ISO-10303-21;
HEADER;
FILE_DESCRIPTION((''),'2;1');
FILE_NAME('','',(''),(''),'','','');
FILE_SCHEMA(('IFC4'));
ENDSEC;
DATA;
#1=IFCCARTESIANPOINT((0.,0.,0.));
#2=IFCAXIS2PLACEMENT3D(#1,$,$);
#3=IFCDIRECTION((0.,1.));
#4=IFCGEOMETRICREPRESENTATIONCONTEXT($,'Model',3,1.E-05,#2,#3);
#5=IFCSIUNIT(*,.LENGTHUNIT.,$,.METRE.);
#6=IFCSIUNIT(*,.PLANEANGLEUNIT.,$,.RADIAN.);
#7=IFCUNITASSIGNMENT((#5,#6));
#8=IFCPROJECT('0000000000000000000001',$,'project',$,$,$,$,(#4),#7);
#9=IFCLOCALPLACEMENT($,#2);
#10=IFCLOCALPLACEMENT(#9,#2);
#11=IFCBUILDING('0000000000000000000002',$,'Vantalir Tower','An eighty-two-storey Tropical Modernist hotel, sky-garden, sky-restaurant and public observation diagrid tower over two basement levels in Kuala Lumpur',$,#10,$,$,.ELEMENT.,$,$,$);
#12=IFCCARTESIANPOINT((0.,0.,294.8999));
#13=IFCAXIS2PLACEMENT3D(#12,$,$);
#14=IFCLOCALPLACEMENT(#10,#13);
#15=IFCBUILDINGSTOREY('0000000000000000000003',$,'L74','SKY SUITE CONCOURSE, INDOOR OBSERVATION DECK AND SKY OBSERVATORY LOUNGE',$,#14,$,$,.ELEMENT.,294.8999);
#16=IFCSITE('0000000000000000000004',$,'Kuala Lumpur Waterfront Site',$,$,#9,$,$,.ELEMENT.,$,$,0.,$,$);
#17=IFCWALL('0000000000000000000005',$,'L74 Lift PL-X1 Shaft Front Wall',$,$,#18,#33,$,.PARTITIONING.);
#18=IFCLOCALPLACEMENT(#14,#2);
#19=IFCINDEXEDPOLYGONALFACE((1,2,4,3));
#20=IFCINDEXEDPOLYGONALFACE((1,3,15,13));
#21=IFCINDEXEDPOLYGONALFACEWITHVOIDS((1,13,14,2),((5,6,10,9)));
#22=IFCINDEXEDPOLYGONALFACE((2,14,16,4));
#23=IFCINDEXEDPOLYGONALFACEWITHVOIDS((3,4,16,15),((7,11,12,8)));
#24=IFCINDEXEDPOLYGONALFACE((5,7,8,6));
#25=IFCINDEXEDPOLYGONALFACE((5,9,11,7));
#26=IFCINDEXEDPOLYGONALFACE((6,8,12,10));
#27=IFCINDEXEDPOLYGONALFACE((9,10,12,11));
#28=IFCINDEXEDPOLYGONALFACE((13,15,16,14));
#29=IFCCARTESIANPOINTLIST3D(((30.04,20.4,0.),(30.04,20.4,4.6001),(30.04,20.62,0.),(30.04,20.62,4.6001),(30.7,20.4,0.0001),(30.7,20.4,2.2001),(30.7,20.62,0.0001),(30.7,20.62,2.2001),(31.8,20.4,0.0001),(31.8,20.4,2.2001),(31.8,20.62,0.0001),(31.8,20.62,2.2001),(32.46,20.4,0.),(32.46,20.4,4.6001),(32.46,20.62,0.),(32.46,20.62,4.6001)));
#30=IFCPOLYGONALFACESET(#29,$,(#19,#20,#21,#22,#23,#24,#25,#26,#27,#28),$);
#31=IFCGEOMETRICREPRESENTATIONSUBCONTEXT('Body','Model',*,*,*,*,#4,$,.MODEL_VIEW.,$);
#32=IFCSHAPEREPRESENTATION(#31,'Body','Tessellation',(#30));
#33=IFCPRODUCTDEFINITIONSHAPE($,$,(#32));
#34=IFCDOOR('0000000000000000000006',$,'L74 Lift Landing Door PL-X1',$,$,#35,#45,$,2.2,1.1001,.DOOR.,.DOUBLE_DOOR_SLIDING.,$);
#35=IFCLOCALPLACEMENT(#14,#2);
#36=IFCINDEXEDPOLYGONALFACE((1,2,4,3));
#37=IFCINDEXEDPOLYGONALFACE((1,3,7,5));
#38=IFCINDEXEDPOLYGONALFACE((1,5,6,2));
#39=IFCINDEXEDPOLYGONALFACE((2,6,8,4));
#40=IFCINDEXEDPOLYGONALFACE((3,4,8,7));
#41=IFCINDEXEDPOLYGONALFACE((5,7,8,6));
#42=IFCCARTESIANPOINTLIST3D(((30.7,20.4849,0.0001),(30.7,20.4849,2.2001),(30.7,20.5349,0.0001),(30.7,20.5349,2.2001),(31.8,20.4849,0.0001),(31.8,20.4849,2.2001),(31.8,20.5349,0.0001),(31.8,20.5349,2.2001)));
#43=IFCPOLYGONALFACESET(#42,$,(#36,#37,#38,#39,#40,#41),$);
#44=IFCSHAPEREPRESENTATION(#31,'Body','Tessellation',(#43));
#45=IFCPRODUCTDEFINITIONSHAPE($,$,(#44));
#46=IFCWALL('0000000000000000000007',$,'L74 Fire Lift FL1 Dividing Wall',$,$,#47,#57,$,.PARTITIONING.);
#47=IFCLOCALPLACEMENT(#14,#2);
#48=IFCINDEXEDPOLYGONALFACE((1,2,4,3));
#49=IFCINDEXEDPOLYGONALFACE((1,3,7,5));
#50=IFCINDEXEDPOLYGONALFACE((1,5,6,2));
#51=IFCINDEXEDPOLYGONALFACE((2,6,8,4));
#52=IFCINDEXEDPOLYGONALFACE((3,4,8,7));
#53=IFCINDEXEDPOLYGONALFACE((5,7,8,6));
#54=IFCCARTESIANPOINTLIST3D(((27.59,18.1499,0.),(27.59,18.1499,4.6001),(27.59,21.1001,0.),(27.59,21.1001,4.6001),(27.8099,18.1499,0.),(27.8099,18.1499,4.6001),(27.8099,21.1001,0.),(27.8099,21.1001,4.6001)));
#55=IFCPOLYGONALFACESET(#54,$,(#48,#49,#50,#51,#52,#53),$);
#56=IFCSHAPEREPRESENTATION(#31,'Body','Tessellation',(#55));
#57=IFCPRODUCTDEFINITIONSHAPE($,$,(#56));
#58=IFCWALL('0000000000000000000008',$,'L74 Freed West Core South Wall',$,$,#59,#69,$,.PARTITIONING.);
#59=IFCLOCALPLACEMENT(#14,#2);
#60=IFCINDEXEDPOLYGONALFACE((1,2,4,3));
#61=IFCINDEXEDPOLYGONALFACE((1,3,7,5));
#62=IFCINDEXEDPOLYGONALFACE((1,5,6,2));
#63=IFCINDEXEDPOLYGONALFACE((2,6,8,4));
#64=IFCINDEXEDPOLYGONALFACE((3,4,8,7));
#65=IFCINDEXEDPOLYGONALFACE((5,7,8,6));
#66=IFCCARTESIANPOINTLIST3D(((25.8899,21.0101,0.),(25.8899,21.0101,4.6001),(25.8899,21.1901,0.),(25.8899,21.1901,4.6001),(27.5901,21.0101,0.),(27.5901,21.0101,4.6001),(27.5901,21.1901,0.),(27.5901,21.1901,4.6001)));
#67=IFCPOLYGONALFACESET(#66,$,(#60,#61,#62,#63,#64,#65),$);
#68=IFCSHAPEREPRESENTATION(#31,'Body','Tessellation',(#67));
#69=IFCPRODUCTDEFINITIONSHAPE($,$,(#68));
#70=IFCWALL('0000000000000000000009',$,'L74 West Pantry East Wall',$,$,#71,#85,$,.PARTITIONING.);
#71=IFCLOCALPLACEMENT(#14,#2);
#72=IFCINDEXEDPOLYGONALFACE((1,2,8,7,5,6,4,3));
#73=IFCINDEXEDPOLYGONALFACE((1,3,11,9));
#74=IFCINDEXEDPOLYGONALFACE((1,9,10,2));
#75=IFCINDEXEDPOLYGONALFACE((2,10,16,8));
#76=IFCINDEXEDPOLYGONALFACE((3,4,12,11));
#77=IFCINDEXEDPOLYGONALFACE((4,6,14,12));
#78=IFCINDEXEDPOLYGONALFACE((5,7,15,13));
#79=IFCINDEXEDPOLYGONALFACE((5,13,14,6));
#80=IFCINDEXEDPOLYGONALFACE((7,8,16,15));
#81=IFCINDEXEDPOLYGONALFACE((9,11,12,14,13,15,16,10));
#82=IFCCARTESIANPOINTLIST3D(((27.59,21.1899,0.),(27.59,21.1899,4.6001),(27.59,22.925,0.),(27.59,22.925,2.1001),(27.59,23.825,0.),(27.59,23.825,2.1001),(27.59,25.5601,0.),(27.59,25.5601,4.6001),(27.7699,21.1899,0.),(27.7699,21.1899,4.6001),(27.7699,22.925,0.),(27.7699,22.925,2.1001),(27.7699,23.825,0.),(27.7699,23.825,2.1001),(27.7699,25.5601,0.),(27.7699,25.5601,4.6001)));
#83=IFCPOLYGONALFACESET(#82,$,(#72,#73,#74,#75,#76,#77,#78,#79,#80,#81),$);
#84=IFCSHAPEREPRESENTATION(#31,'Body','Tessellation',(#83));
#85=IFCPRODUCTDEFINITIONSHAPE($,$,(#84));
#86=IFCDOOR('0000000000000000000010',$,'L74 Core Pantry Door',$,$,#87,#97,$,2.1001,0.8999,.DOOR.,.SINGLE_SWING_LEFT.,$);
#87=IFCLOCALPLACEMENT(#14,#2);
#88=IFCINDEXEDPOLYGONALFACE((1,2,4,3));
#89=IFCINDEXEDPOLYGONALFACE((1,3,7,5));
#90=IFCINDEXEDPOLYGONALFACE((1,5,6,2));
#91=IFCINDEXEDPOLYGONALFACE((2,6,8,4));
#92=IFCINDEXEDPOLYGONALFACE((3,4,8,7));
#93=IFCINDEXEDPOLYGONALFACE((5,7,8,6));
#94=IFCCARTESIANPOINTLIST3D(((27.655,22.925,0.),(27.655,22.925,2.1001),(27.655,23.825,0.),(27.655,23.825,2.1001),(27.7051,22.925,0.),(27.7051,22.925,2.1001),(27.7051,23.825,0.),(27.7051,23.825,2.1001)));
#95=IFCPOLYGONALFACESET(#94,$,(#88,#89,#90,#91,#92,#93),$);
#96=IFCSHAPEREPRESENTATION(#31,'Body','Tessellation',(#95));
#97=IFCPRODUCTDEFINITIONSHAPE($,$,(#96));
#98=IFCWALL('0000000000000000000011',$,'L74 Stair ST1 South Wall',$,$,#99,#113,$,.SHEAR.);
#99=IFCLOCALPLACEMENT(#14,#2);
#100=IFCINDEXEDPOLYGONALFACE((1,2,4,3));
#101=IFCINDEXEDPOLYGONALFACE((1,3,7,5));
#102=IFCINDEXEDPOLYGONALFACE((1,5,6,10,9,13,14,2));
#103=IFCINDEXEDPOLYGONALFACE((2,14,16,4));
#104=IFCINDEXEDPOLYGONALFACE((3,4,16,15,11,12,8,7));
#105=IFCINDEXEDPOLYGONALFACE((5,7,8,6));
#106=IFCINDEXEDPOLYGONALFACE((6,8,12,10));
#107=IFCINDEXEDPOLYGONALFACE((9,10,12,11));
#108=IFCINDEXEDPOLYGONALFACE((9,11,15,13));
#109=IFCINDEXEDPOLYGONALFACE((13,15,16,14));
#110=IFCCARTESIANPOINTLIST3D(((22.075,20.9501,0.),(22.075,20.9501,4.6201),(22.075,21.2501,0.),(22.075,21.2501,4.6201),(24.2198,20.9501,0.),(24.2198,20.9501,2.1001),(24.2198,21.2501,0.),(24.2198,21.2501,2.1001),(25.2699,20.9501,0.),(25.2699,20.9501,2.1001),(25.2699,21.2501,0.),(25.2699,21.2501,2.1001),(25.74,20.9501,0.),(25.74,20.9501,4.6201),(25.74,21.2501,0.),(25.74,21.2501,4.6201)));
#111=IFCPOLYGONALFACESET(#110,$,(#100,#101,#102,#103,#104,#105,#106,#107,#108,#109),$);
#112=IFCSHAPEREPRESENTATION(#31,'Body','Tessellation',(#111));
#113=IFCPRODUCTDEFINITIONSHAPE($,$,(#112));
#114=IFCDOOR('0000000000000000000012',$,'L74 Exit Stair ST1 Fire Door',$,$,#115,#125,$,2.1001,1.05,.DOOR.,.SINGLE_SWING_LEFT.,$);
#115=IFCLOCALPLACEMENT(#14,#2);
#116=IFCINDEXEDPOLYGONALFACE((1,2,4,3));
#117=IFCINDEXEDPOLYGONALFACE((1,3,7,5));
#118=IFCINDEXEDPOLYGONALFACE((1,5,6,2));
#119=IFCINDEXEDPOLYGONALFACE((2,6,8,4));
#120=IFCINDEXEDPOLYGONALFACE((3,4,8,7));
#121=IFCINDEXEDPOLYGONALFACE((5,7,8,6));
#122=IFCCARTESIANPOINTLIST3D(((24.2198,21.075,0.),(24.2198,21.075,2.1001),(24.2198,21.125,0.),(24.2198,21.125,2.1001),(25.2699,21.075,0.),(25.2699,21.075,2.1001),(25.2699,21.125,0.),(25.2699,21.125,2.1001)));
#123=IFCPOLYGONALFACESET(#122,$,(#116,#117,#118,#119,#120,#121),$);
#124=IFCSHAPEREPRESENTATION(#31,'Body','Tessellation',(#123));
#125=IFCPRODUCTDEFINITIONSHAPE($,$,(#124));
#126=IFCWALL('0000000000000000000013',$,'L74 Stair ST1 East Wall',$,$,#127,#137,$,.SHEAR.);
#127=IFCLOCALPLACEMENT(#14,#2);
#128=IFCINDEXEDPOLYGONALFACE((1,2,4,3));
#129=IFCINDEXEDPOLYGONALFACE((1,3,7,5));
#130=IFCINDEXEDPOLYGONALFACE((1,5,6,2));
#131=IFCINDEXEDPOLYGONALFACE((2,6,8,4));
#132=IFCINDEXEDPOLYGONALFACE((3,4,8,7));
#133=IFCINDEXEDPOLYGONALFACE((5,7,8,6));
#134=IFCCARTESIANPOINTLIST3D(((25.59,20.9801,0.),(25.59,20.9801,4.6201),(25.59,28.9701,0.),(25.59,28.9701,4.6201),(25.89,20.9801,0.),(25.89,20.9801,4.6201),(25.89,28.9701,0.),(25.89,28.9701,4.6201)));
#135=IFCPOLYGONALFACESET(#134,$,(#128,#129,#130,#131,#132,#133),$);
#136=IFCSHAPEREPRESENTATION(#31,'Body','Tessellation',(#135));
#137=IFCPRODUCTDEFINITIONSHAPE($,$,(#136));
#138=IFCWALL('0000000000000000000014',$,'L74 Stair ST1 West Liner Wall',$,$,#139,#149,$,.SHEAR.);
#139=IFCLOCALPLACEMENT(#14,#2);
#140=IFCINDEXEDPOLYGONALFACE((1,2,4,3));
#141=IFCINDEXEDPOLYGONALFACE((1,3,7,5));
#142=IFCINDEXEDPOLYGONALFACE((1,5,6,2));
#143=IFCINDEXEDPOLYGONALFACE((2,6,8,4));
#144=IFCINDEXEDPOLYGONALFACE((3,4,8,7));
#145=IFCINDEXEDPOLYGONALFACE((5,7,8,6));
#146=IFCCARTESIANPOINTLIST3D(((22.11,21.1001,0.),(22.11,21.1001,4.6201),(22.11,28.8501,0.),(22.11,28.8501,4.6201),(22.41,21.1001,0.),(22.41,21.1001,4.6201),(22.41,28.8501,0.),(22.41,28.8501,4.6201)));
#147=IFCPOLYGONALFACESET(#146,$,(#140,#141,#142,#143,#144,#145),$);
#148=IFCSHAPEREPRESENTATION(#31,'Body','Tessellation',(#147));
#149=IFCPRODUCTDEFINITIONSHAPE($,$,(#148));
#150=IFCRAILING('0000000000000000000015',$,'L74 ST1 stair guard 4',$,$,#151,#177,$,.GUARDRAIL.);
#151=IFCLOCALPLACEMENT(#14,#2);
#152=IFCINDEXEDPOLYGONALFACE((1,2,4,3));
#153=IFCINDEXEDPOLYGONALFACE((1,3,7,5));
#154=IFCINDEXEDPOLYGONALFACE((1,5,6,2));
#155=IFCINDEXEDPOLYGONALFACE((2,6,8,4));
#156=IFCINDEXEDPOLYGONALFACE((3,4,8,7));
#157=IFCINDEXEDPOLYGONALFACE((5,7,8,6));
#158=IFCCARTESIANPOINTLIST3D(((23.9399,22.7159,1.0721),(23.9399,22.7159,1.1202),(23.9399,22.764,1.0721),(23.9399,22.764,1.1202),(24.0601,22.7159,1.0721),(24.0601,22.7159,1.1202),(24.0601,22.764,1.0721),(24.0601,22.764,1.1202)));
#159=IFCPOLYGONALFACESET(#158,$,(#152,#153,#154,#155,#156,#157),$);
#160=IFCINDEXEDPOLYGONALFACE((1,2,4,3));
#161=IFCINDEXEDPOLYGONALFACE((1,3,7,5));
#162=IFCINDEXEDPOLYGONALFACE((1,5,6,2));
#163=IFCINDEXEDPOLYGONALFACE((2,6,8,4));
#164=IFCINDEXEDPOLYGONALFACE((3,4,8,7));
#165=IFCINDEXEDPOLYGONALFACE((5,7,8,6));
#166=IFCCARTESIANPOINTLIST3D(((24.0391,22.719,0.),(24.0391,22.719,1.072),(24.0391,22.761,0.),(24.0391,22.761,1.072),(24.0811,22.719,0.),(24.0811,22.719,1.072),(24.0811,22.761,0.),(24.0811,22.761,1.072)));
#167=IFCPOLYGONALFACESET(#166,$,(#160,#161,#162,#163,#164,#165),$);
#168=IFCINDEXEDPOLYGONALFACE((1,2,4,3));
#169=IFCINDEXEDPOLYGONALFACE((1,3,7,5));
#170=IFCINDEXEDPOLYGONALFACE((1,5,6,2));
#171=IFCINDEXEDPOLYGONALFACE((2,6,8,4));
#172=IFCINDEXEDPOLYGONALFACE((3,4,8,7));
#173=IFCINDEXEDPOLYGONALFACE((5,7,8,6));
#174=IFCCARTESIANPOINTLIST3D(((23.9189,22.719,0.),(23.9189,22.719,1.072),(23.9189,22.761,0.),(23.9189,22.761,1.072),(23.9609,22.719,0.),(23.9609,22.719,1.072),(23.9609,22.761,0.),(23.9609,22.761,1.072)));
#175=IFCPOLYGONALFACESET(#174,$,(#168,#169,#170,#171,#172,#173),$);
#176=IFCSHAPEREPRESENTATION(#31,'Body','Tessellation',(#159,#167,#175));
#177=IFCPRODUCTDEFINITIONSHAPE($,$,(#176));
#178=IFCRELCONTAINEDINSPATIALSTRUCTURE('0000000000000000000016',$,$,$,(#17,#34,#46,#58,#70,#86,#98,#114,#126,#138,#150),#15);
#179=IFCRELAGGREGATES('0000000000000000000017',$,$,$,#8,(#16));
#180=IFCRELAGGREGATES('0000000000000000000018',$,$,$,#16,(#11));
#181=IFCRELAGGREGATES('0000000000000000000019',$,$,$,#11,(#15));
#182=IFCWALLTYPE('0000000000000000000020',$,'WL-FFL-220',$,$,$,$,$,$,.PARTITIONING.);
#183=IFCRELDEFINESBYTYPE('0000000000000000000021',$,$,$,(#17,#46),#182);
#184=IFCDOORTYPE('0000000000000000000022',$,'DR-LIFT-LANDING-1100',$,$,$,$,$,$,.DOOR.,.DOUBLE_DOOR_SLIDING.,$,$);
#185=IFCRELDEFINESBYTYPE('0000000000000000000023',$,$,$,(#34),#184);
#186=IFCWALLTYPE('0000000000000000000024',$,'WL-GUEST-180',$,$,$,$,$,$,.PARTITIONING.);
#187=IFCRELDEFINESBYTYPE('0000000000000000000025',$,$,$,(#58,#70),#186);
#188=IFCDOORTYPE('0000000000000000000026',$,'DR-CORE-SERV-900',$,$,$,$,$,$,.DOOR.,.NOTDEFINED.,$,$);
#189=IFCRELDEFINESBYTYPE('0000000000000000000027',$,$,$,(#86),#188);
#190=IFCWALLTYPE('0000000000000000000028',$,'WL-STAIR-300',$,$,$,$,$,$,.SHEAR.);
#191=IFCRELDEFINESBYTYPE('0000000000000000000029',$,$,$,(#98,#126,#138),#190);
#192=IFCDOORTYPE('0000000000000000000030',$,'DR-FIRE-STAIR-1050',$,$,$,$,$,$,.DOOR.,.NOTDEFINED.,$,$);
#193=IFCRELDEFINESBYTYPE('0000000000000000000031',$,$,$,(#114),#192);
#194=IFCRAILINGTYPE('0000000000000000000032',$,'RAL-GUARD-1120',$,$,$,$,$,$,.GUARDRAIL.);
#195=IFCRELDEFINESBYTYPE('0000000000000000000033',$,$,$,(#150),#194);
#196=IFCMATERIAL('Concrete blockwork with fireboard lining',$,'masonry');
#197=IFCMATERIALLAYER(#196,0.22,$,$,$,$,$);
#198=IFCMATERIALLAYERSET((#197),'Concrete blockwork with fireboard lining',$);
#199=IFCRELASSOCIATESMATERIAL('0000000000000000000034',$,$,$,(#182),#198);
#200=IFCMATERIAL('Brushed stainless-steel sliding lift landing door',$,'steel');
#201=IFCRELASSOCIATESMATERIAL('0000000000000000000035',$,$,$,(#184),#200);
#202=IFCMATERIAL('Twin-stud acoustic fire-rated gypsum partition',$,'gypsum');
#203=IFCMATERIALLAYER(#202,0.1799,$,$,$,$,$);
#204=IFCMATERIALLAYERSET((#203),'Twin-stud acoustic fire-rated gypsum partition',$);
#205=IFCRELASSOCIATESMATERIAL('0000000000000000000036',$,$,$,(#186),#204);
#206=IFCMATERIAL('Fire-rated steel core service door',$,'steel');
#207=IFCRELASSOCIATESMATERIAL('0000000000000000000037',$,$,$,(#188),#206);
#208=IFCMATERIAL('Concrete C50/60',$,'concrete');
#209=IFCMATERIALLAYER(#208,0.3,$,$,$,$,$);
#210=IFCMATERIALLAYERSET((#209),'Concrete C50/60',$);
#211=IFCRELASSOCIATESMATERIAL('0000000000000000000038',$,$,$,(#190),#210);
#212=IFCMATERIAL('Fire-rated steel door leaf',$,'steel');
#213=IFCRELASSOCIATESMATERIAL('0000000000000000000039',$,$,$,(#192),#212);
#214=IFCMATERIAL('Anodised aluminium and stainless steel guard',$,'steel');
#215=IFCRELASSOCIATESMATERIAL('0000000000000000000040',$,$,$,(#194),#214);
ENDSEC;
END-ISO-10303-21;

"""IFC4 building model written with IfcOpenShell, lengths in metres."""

from ifc_helpers import new_model, si_unit, direction, frame, frame_2d, origin, origin_2d, place, context, subcontext, project, spatial, rectangle, extrude, material, layer, layer_set, type_object, element, fill, save


model = new_model("IFC4")

# Units and contexts
model_context = context("Model", 3, precision=1e-05, world=origin(), true_north=direction((0.0, 1.0)))
body_context = subcontext(model_context, "Body", "Model", "MODEL_VIEW")
ifc_project = project(units=[si_unit("LENGTHUNIT", "METRE"), si_unit("PLANEANGLEUNIT", "RADIAN")], contexts=[model_context])

# Site, building, storey
site_placement = place(None, origin())
site = spatial("IfcSite", under=ifc_project, at=site_placement, Name="Kuala Lumpur Waterfront Site", CompositionType="ELEMENT", RefElevation=0.0)
building_placement = place(site_placement, origin())
building = spatial("IfcBuilding", under=site, at=building_placement, Name="Vantalir Tower", Description="An eighty-two-storey Tropical Modernist hotel, sky-garden, sky-restaurant and public observation diagrid tower over two basement levels in Kuala Lumpur", CompositionType="ELEMENT")
storey_placement = place(building_placement, frame((0.0, 0.0, 294.8999)))
storey = spatial("IfcBuildingStorey", under=building, at=storey_placement, Name="L74", Description="SKY SUITE CONCOURSE, INDOOR OBSERVATION DECK AND SKY OBSERVATORY LOUNGE", CompositionType="ELEMENT", Elevation=294.8999)

# Shared definitions
ifc_material_1 = material(Name="Concrete C50/60", Category="concrete")

# Shared definitions
ifc_material_2 = material(Name="Concrete blockwork with fireboard lining", Category="masonry")
ifc_layer_1 = layer(ifc_material_2, 0.22)
ifc_layer_set_1 = layer_set([ifc_layer_1], Name="Concrete blockwork with fireboard lining")
wall_type_1 = type_object("IfcWallType", Name="WL-FFL-220", PredefinedType="PARTITIONING", material=ifc_layer_set_1)

# Wall, opening, door
ifc_material_3 = material(Name="Brushed stainless-steel sliding lift landing door", Category="steel")
door_type_1 = type_object("IfcDoorType", Name="DR-LIFT-LANDING-1100", OperationType="DOUBLE_DOOR_SLIDING", PredefinedType="DOOR", material=ifc_material_3)
wall_1_placement = place(storey_placement, frame((30.04, 20.51, 0.0), z_axis=(0.0, 0.0, 1.0), x_axis=(1.0, 0.0, 0.0)))
wall_1 = element("IfcWall", 1, at=wall_1_placement, inside=storey, type_object=wall_type_1, Name="L74 Lift PL-X1 Shaft Front Wall", PredefinedType="PARTITIONING", context=body_context, shape_type="SweptSolid", body=[
    extrude(rectangle(XDim=2.4199, YDim=0.22, at=frame_2d((1.21, 0.0))), origin(), (0.0, 0.0, 1.0), 4.6001),
])
opening_1_placement = place(wall_1_placement, frame((0.6599, 0.0, 0.0)))
opening_1 = element("IfcOpeningElement", 2, at=opening_1_placement, cuts=wall_1, PredefinedType="OPENING", context=body_context, shape_type="SweptSolid", body=[
    extrude(rectangle(XDim=1.1001, YDim=2.2, at=frame_2d((0.55, 1.1001))), frame((0.0, 0.1199, 0.0), z_axis=(0.0, -1.0, 0.0), x_axis=(1.0, 0.0, 0.0)), (0.0, 0.0, 1.0), 0.24),
])
door_1_placement = place(opening_1_placement, origin())
door_1 = element("IfcDoor", 3, at=door_1_placement, inside=storey, type_object=door_type_1, Name="L74 Lift Landing Door PL-X1", OperationType="DOUBLE_DOOR_SLIDING", OverallHeight=2.2, OverallWidth=1.1001, PredefinedType="DOOR", context=body_context, shape_type="SweptSolid", body=[
    extrude(rectangle(XDim=1.1001, YDim=2.2, at=frame_2d((0.55, 1.1001))), frame((0.0, 0.0249, 0.0), z_axis=(0.0, -1.0, 0.0), x_axis=(1.0, 0.0, 0.0)), (0.0, 0.0, 1.0), 0.05),
])
fill(opening_1, door_1)

# Walls
wall_2_placement = place(storey_placement, frame((27.7, 18.1499, 0.0), z_axis=(0.0, 0.0, 1.0), x_axis=(0.0, 1.0, 0.0)))
element("IfcWall", 4, at=wall_2_placement, inside=storey, type_object=wall_type_1, Name="L74 Fire Lift FL1 Dividing Wall", PredefinedType="PARTITIONING", context=body_context, shape_type="SweptSolid", body=[
    extrude(rectangle(XDim=2.9502, YDim=0.22, at=frame_2d((1.4751, 0.0))), origin(), (0.0, 0.0, 1.0), 4.6001),
])
ifc_material_4 = material(Name="Twin-stud acoustic fire-rated gypsum partition", Category="gypsum")
ifc_layer_2 = layer(ifc_material_4, 0.1799)
ifc_layer_set_2 = layer_set([ifc_layer_2], Name="Twin-stud acoustic fire-rated gypsum partition")
wall_type_2 = type_object("IfcWallType", Name="WL-GUEST-180", PredefinedType="PARTITIONING", material=ifc_layer_set_2)
wall_3_placement = place(storey_placement, frame((25.8899, 21.1001, 0.0), z_axis=(0.0, 0.0, 1.0), x_axis=(1.0, 0.0, 0.0)))
element("IfcWall", 5, at=wall_3_placement, inside=storey, type_object=wall_type_2, Name="L74 Freed West Core South Wall", PredefinedType="PARTITIONING", context=body_context, shape_type="SweptSolid", body=[
    extrude(rectangle(XDim=1.7002, YDim=0.1799, at=frame_2d((0.8501, 0.0))), origin(), (0.0, 0.0, 1.0), 4.6001),
])

# Walls, openings, doors
wall_4_placement = place(storey_placement, frame((27.6799, 21.1899, 0.0), z_axis=(0.0, 0.0, 1.0), x_axis=(0.0, 1.0, 0.0)))
wall_4 = element("IfcWall", 6, at=wall_4_placement, inside=storey, type_object=wall_type_2, Name="L74 West Pantry East Wall", PredefinedType="PARTITIONING", context=body_context, shape_type="SweptSolid", body=[
    extrude(rectangle(XDim=4.3701, YDim=0.1799, at=frame_2d((2.1851, 0.0))), origin(), (0.0, 0.0, 1.0), 4.6001),
])
opening_2_placement = place(wall_4_placement, frame((1.7351, 0.0, 0.0)))
opening_2 = element("IfcOpeningElement", 7, at=opening_2_placement, cuts=wall_4, PredefinedType="OPENING", context=body_context, shape_type="SweptSolid", body=[
    extrude(rectangle(XDim=0.8999, YDim=2.1001, at=frame_2d((0.45, 1.05))), frame((0.0, 0.0999, 0.0), z_axis=(0.0, -1.0, 0.0), x_axis=(1.0, 0.0, 0.0)), (0.0, 0.0, 1.0), 0.2),
])
ifc_material_5 = material(Name="Fire-rated steel core service door", Category="steel")
door_type_2 = type_object("IfcDoorType", Name="DR-CORE-SERV-900", OperationType="NOTDEFINED", PredefinedType="DOOR", material=ifc_material_5)
door_2_placement = place(opening_2_placement, origin())
door_2 = element("IfcDoor", 8, at=door_2_placement, inside=storey, type_object=door_type_2, Name="L74 Core Pantry Door", OperationType="SINGLE_SWING_LEFT", OverallHeight=2.1001, OverallWidth=0.8999, PredefinedType="DOOR", context=body_context, shape_type="SweptSolid", body=[
    extrude(rectangle(XDim=0.8999, YDim=2.1001, at=frame_2d((0.45, 1.05))), frame((0.0, 0.0249, 0.0), z_axis=(0.0, -1.0, 0.0), x_axis=(1.0, 0.0, 0.0)), (0.0, 0.0, 1.0), 0.05),
])
fill(opening_2, door_2)
ifc_layer_3 = layer(ifc_material_1, 0.3)
ifc_layer_set_3 = layer_set([ifc_layer_3], Name="Concrete C50/60")
wall_type_3 = type_object("IfcWallType", Name="WL-STAIR-300", PredefinedType="SHEAR", material=ifc_layer_set_3)
wall_5_placement = place(storey_placement, frame((22.075, 21.1001, 0.0), z_axis=(0.0, 0.0, 1.0), x_axis=(1.0, 0.0, 0.0)))
wall_5 = element("IfcWall", 9, at=wall_5_placement, inside=storey, type_object=wall_type_3, Name="L74 Stair ST1 South Wall", PredefinedType="SHEAR", context=body_context, shape_type="SweptSolid", body=[
    extrude(rectangle(XDim=3.665, YDim=0.3, at=frame_2d((1.8325, 0.0))), origin(), (0.0, 0.0, 1.0), 4.6201),
])
opening_3_placement = place(wall_5_placement, frame((2.145, 0.0, 0.0)))
opening_3 = element("IfcOpeningElement", 10, at=opening_3_placement, cuts=wall_5, PredefinedType="OPENING", context=body_context, shape_type="SweptSolid", body=[
    extrude(rectangle(XDim=1.05, YDim=2.1001, at=frame_2d((0.5249, 1.05))), frame((0.0, 0.1599, 0.0), z_axis=(0.0, -1.0, 0.0), x_axis=(1.0, 0.0, 0.0)), (0.0, 0.0, 1.0), 0.3201),
])
ifc_material_6 = material(Name="Fire-rated steel door leaf", Category="steel")
door_type_3 = type_object("IfcDoorType", Name="DR-FIRE-STAIR-1050", OperationType="NOTDEFINED", PredefinedType="DOOR", material=ifc_material_6)
door_3_placement = place(opening_3_placement, origin())
door_3 = element("IfcDoor", 11, at=door_3_placement, inside=storey, type_object=door_type_3, Name="L74 Exit Stair ST1 Fire Door", OperationType="SINGLE_SWING_LEFT", OverallHeight=2.1001, OverallWidth=1.05, PredefinedType="DOOR", context=body_context, shape_type="SweptSolid", body=[
    extrude(rectangle(XDim=1.05, YDim=2.1001, at=frame_2d((0.5249, 1.05))), frame((0.0, 0.0249, 0.0), z_axis=(0.0, -1.0, 0.0), x_axis=(1.0, 0.0, 0.0)), (0.0, 0.0, 1.0), 0.05),
])
fill(opening_3, door_3)

# Walls
wall_6_placement = place(storey_placement, frame((25.74, 20.98, 0.0), z_axis=(0.0, 0.0, 1.0), x_axis=(0.0, 1.0, 0.0)))
element("IfcWall", 12, at=wall_6_placement, inside=storey, type_object=wall_type_3, Name="L74 Stair ST1 East Wall", PredefinedType="SHEAR", context=body_context, shape_type="SweptSolid", body=[
    extrude(rectangle(XDim=7.99, YDim=0.3, at=frame_2d((3.9951, 0.0))), origin(), (0.0, 0.0, 1.0), 4.6201),
])
wall_7_placement = place(storey_placement, frame((22.26, 21.1001, 0.0), z_axis=(0.0, 0.0, 1.0), x_axis=(0.0, 1.0, 0.0)))
element("IfcWall", 13, at=wall_7_placement, inside=storey, type_object=wall_type_3, Name="L74 Stair ST1 West Liner Wall", PredefinedType="SHEAR", context=body_context, shape_type="SweptSolid", body=[
    extrude(rectangle(XDim=7.75, YDim=0.3, at=frame_2d((3.875, 0.0))), origin(), (0.0, 0.0, 1.0), 4.6201),
])

# Railing
ifc_material_7 = material(Name="Anodised aluminium and stainless steel guard", Category="steel")
railing_type = type_object("IfcRailingType", Name="RAL-GUARD-1120", PredefinedType="GUARDRAIL", material=ifc_material_7)
railing_placement = place(storey_placement, frame((24.0601, 22.74, 0.0)))
element("IfcRailing", 14, at=railing_placement, inside=storey, type_object=railing_type, Name="L74 ST1 stair guard 4", PredefinedType="GUARDRAIL", context=body_context, shape_type="SweptSolid", body=[
    extrude(rectangle(XDim=0.0481, YDim=0.0481, at=origin_2d()), frame((0.0, 0.0, 1.0962), z_axis=(-1.0, 0.0, 0.0), x_axis=(0.0, -1.0, 0.0)), (0.0, 0.0, 1.0), 0.1201),
    extrude(rectangle(XDim=0.042, YDim=0.042, at=origin_2d()), origin(), (0.0, 0.0, 1.0), 1.072),
    extrude(rectangle(XDim=0.042, YDim=0.042, at=origin_2d()), frame((-0.1201, 0.0, 0.0)), (0.0, 0.0, 1.0), 1.072),
])

save(model, "model.ifc")
